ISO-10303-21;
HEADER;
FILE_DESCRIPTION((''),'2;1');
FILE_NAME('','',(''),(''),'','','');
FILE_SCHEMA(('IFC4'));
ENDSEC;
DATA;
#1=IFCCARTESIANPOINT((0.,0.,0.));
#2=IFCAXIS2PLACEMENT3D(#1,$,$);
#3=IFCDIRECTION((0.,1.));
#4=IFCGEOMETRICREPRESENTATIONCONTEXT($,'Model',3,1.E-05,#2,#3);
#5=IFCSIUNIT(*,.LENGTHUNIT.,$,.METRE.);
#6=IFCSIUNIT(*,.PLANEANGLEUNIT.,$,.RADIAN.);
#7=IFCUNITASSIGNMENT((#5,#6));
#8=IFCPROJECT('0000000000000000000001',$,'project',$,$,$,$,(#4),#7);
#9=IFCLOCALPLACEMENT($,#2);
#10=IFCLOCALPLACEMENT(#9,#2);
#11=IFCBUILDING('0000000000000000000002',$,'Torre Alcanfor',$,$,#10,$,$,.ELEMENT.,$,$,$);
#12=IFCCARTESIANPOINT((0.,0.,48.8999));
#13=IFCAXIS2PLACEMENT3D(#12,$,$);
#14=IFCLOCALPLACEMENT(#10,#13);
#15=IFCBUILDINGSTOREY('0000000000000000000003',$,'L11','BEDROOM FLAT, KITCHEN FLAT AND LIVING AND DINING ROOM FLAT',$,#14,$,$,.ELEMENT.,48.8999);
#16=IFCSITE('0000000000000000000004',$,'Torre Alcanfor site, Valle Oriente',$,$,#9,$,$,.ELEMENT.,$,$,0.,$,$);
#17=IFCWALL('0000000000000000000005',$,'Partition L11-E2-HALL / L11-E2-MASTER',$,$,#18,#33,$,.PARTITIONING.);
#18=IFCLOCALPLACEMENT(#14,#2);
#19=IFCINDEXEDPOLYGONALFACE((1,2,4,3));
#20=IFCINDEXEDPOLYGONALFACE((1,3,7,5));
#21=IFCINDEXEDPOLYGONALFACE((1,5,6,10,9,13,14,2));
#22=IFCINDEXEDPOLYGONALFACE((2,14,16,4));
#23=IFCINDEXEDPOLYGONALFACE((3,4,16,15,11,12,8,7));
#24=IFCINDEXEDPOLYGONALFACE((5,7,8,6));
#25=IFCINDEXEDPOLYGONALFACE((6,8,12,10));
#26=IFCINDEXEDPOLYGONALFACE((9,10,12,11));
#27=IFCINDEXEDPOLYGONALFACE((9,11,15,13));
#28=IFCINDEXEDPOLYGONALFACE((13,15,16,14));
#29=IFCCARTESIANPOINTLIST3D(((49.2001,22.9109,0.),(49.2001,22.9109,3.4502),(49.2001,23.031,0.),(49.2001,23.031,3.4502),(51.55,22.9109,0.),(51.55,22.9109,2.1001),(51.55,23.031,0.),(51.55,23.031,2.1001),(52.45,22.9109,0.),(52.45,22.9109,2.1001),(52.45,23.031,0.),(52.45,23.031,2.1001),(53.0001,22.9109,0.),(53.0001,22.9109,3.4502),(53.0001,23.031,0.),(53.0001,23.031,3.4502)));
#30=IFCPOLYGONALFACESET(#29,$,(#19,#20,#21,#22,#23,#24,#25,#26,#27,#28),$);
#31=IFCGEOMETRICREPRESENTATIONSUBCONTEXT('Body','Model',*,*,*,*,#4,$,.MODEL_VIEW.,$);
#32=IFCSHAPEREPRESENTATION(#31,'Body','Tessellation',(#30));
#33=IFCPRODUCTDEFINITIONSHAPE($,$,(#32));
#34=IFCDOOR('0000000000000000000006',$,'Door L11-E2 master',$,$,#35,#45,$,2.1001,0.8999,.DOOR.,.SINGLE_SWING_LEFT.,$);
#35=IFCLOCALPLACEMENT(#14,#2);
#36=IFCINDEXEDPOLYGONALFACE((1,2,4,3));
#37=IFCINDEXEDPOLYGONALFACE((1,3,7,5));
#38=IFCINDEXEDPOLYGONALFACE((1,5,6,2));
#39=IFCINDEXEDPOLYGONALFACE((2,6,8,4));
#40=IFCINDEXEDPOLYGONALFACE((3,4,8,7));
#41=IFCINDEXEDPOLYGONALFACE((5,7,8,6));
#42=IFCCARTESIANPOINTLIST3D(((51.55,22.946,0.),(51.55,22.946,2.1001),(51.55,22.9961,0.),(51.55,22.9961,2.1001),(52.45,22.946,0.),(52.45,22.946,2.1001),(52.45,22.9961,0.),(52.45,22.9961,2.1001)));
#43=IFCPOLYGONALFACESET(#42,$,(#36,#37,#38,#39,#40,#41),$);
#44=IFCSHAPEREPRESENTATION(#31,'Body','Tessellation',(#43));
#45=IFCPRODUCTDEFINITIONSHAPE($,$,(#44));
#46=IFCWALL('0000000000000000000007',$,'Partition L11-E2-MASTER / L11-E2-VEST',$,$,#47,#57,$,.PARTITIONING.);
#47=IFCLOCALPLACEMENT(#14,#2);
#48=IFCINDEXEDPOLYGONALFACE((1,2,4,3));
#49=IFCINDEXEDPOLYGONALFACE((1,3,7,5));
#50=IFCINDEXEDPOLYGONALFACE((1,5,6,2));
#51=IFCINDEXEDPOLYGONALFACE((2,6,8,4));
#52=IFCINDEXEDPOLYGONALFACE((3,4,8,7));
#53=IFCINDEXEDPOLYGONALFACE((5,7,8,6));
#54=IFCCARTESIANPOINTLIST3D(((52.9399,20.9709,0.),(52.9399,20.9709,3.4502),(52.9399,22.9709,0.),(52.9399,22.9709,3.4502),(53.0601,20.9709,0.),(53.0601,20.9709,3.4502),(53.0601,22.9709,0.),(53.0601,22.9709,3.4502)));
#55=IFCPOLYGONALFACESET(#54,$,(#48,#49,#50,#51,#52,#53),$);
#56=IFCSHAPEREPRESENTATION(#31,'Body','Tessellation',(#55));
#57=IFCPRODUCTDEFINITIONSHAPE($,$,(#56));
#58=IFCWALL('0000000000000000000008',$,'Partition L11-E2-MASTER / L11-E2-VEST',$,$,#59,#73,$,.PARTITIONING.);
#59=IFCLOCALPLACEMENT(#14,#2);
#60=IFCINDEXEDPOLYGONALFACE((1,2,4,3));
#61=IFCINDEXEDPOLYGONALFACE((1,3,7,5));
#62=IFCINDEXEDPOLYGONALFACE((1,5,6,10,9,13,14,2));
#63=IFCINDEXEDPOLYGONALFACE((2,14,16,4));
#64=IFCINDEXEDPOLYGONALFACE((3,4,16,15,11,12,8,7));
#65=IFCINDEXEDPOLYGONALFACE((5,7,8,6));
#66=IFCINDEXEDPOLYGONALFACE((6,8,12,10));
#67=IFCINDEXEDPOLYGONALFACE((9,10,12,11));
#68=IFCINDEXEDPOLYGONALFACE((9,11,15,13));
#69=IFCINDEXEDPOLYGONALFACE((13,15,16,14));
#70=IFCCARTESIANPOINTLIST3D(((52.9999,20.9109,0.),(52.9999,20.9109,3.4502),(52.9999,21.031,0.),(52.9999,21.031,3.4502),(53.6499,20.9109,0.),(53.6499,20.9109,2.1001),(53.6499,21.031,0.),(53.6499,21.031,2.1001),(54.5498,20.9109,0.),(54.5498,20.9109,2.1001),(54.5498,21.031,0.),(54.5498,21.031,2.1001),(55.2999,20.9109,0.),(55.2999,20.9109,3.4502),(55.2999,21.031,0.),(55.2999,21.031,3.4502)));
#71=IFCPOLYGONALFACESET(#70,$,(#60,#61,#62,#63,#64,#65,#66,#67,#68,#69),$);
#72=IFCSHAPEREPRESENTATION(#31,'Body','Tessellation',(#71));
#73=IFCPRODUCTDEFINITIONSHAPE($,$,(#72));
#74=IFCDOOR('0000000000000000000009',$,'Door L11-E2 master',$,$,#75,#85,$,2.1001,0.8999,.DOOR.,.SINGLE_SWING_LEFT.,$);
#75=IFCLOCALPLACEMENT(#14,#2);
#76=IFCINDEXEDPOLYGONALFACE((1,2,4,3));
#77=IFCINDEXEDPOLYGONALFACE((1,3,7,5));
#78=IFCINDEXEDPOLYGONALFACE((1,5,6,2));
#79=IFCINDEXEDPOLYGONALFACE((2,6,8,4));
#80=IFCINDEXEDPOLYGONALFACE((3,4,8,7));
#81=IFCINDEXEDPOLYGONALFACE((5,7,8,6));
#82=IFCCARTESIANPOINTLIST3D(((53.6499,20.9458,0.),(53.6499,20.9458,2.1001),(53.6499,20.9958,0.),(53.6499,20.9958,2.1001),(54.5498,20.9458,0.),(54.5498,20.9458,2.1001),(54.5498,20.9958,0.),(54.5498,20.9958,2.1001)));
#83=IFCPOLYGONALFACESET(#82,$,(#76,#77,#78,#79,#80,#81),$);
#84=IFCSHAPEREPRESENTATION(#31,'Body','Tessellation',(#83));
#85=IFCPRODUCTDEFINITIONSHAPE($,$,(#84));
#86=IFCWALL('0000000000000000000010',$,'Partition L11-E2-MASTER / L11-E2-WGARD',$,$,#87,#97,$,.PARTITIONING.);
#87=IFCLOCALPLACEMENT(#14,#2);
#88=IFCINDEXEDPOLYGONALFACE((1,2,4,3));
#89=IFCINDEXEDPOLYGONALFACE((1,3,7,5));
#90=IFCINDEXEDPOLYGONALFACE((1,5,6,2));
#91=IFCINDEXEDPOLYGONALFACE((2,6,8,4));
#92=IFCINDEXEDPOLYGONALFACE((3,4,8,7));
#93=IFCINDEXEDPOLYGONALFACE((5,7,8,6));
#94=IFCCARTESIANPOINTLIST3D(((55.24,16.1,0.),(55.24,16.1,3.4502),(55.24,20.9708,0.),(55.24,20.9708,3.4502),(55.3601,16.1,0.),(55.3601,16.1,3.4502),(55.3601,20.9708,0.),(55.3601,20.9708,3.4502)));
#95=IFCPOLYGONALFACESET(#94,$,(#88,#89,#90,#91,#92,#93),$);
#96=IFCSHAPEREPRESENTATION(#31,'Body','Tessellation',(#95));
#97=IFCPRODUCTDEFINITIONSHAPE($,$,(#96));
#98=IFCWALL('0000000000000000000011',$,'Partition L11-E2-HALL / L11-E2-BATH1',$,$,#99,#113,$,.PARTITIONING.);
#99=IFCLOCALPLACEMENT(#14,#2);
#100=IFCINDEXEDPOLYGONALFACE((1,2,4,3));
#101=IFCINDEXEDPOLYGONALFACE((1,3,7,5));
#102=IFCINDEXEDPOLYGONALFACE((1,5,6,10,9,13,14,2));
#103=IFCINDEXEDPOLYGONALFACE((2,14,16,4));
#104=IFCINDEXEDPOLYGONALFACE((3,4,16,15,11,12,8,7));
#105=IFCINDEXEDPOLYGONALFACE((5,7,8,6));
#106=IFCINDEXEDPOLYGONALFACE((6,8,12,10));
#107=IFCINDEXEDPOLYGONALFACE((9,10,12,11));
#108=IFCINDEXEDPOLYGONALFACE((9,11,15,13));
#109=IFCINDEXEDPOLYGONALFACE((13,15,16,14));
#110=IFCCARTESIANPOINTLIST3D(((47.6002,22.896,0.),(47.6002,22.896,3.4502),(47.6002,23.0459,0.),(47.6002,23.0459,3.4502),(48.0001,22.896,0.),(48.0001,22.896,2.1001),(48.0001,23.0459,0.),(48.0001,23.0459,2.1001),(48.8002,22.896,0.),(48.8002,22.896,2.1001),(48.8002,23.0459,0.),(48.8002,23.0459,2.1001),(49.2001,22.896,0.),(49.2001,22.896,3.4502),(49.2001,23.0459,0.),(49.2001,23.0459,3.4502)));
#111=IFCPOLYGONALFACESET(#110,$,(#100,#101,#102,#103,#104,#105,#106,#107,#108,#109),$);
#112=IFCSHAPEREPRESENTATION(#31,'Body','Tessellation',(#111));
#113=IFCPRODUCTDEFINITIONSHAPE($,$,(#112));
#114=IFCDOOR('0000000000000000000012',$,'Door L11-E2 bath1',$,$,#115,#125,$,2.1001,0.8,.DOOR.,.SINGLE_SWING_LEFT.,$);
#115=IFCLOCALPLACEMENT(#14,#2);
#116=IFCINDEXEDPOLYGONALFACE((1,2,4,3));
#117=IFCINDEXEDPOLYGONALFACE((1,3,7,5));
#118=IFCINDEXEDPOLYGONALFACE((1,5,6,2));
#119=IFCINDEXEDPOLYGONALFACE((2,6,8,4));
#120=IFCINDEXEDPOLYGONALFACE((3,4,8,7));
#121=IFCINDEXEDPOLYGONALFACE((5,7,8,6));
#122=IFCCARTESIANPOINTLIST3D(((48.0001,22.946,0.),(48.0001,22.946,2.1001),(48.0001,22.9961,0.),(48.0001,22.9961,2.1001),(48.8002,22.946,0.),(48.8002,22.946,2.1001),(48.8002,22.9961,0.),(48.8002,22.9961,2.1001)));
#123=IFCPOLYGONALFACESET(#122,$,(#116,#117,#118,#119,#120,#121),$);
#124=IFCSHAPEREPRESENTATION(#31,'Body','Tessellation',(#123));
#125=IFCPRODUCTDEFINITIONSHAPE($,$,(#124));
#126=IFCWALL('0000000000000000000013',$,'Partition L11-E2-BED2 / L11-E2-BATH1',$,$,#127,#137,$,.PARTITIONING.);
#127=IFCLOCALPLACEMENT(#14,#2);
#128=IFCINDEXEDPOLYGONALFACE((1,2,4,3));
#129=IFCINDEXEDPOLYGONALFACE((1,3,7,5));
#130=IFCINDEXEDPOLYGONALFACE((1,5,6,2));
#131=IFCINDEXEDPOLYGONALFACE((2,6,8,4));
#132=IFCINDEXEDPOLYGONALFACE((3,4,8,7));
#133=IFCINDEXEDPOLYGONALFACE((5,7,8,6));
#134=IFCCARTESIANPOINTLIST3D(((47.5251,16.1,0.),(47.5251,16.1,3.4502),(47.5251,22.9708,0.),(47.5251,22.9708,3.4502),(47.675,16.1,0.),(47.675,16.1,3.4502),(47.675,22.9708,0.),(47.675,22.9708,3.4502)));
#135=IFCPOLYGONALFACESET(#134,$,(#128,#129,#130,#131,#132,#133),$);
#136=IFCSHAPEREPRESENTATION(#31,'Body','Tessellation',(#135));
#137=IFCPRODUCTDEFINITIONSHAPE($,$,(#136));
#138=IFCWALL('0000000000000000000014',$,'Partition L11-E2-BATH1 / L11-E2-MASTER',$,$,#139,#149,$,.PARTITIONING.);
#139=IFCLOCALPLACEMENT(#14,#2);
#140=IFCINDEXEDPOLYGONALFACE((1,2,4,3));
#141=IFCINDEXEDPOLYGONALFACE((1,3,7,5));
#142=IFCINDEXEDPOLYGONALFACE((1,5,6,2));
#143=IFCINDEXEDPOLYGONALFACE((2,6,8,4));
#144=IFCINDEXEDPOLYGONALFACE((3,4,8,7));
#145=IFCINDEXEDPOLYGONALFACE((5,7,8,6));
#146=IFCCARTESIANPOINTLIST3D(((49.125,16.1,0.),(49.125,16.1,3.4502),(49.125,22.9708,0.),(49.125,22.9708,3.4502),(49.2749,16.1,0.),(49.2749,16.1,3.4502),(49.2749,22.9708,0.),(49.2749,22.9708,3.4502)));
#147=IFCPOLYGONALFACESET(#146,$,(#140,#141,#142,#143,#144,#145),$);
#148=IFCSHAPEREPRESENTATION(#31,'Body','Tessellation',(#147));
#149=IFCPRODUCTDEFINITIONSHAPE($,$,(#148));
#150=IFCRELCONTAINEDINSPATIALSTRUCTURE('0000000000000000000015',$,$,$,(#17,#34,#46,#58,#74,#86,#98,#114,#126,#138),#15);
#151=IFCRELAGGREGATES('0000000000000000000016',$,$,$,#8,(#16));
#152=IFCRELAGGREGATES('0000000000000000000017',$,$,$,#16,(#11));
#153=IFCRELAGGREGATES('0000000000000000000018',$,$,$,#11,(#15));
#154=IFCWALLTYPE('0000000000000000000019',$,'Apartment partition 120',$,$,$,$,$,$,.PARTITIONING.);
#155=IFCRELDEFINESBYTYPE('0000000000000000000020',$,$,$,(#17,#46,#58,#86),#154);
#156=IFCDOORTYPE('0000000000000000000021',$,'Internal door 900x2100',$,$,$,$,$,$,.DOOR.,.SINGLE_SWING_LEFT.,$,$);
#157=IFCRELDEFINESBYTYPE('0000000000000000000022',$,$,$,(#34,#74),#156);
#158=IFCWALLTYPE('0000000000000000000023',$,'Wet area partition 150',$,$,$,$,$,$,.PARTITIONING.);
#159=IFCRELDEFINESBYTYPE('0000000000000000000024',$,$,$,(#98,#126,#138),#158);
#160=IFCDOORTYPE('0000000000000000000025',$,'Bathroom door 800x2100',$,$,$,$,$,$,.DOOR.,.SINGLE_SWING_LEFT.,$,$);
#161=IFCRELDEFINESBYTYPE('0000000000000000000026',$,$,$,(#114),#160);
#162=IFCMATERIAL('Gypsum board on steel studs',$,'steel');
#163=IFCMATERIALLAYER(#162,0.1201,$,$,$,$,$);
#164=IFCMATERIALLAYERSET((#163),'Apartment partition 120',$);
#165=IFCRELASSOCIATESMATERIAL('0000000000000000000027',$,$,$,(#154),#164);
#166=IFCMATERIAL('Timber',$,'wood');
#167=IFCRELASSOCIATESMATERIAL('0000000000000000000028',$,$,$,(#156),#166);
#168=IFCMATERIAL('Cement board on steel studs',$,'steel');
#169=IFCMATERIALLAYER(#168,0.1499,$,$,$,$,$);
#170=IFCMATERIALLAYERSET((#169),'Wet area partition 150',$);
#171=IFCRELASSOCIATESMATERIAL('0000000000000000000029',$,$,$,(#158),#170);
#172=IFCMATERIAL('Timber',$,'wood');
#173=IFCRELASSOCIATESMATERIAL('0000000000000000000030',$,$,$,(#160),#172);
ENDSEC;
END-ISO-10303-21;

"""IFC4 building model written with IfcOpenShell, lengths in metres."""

from ifc_helpers import new_model, si_unit, direction, frame, frame_2d, origin, place, context, subcontext, project, spatial, rectangle, extrude, material, layer, layer_set, type_object, element, fill, save


model = new_model("IFC4")

# Units and contexts
model_context = context("Model", 3, precision=1e-05, world=origin(), true_north=direction((0.0, 1.0)))
body_context = subcontext(model_context, "Body", "Model", "MODEL_VIEW")
ifc_project = project(units=[si_unit("LENGTHUNIT", "METRE"), si_unit("PLANEANGLEUNIT", "RADIAN")], contexts=[model_context])

# Site, building, storey
site_placement = place(None, origin())
site = spatial("IfcSite", under=ifc_project, at=site_placement, Name="Torre Alcanfor site, Valle Oriente", CompositionType="ELEMENT", RefElevation=0.0)
building_placement = place(site_placement, origin())
building = spatial("IfcBuilding", under=site, at=building_placement, Name="Torre Alcanfor", CompositionType="ELEMENT")
storey_placement = place(building_placement, frame((0.0, 0.0, 48.8999)))
storey = spatial("IfcBuildingStorey", under=building, at=storey_placement, Name="L11", Description="BEDROOM FLAT, KITCHEN FLAT AND LIVING AND DINING ROOM FLAT", CompositionType="ELEMENT", Elevation=48.8999)

# Wall, opening, door
ifc_material_1 = material(Name="Gypsum board on steel studs", Category="steel")
ifc_layer_1 = layer(ifc_material_1, 0.1201)
ifc_layer_set_1 = layer_set([ifc_layer_1], Name="Apartment partition 120")
wall_type_1 = type_object("IfcWallType", Name="Apartment partition 120", PredefinedType="PARTITIONING", material=ifc_layer_set_1)
ifc_material_2 = material(Name="Timber", Category="wood")
door_type_1 = type_object("IfcDoorType", Name="Internal door 900x2100", OperationType="SINGLE_SWING_LEFT", PredefinedType="DOOR", material=ifc_material_2)
wall_1_placement = place(storey_placement, frame((53.0, 22.9709, 0.0), z_axis=(0.0, 0.0, 1.0), x_axis=(-1.0, 0.0, 0.0)))
wall_1 = element("IfcWall", 1, at=wall_1_placement, inside=storey, type_object=wall_type_1, Name="Partition L11-E2-HALL / L11-E2-MASTER", PredefinedType="PARTITIONING", context=body_context, shape_type="SweptSolid", body=[
    extrude(rectangle(XDim=3.8, YDim=0.1201, at=frame_2d((1.8999, 0.0))), origin(), (0.0, 0.0, 1.0), 3.4502),
])
opening_1_placement = place(wall_1_placement, frame((0.55, 0.0, 0.0)))
opening_1 = element("IfcOpeningElement", 2, at=opening_1_placement, cuts=wall_1, PredefinedType="OPENING", context=body_context, shape_type="SweptSolid", body=[
    extrude(rectangle(XDim=0.8999, YDim=2.1001, at=frame_2d((0.45, 1.05))), frame((0.0, 0.0701, 0.0), z_axis=(0.0, -1.0, 0.0), x_axis=(1.0, 0.0, 0.0)), (0.0, 0.0, 1.0), 0.1401),
])
door_1_placement = place(opening_1_placement, origin())
door_1 = element("IfcDoor", 3, at=door_1_placement, inside=storey, type_object=door_type_1, Name="Door L11-E2 master", OperationType="SINGLE_SWING_LEFT", OverallHeight=2.1001, OverallWidth=0.8999, PredefinedType="DOOR", context=body_context, shape_type="SweptSolid", body=[
    extrude(rectangle(XDim=0.8999, YDim=2.1001, at=frame_2d((0.45, 1.05))), frame((0.0, 0.0249, 0.0), z_axis=(0.0, -1.0, 0.0), x_axis=(1.0, 0.0, 0.0)), (0.0, 0.0, 1.0), 0.05),
])
fill(opening_1, door_1)

# Wall
wall_2_placement = place(storey_placement, frame((53.0, 22.9709, 0.0), z_axis=(0.0, 0.0, 1.0), x_axis=(0.0, -1.0, 0.0)))
element("IfcWall", 4, at=wall_2_placement, inside=storey, type_object=wall_type_1, Name="Partition L11-E2-MASTER / L11-E2-VEST", PredefinedType="PARTITIONING", context=body_context, shape_type="SweptSolid", body=[
    extrude(rectangle(XDim=2.0, YDim=0.1201, at=frame_2d((1.0, 0.0))), origin(), (0.0, 0.0, 1.0), 3.4502),
])

# Wall, opening, door
wall_3_placement = place(storey_placement, frame((53.0, 20.9709, 0.0), z_axis=(0.0, 0.0, 1.0), x_axis=(1.0, 0.0, 0.0)))
wall_3 = element("IfcWall", 5, at=wall_3_placement, inside=storey, type_object=wall_type_1, Name="Partition L11-E2-MASTER / L11-E2-VEST", PredefinedType="PARTITIONING", context=body_context, shape_type="SweptSolid", body=[
    extrude(rectangle(XDim=2.3, YDim=0.1201, at=frame_2d((1.1499, 0.0))), origin(), (0.0, 0.0, 1.0), 3.4502),
])
opening_2_placement = place(wall_3_placement, frame((0.6499, 0.0, 0.0)))
opening_2 = element("IfcOpeningElement", 6, at=opening_2_placement, cuts=wall_3, PredefinedType="OPENING", context=body_context, shape_type="SweptSolid", body=[
    extrude(rectangle(XDim=0.8999, YDim=2.1001, at=frame_2d((0.45, 1.05))), frame((0.0, 0.0701, 0.0), z_axis=(0.0, -1.0, 0.0), x_axis=(1.0, 0.0, 0.0)), (0.0, 0.0, 1.0), 0.1401),
])
door_2_placement = place(opening_2_placement, origin())
door_2 = element("IfcDoor", 7, at=door_2_placement, inside=storey, type_object=door_type_1, Name="Door L11-E2 master", OperationType="SINGLE_SWING_LEFT", OverallHeight=2.1001, OverallWidth=0.8999, PredefinedType="DOOR", context=body_context, shape_type="SweptSolid", body=[
    extrude(rectangle(XDim=0.8999, YDim=2.1001, at=frame_2d((0.45, 1.05))), frame((0.0, 0.0249, 0.0), z_axis=(0.0, -1.0, 0.0), x_axis=(1.0, 0.0, 0.0)), (0.0, 0.0, 1.0), 0.05),
])
fill(opening_2, door_2)

# Wall
wall_4_placement = place(storey_placement, frame((55.3, 20.9709, 0.0), z_axis=(0.0, 0.0, 1.0), x_axis=(0.0, -1.0, 0.0)))
element("IfcWall", 8, at=wall_4_placement, inside=storey, type_object=wall_type_1, Name="Partition L11-E2-MASTER / L11-E2-WGARD", PredefinedType="PARTITIONING", context=body_context, shape_type="SweptSolid", body=[
    extrude(rectangle(XDim=4.8708, YDim=0.1201, at=frame_2d((2.4355, 0.0))), origin(), (0.0, 0.0, 1.0), 3.4502),
])

# Wall, opening, door
ifc_material_3 = material(Name="Cement board on steel studs", Category="steel")
ifc_layer_2 = layer(ifc_material_3, 0.1499)
ifc_layer_set_2 = layer_set([ifc_layer_2], Name="Wet area partition 150")
wall_type_2 = type_object("IfcWallType", Name="Wet area partition 150", PredefinedType="PARTITIONING", material=ifc_layer_set_2)
wall_5_placement = place(storey_placement, frame((49.2, 22.9709, 0.0), z_axis=(0.0, 0.0, 1.0), x_axis=(-1.0, 0.0, 0.0)))
wall_5 = element("IfcWall", 9, at=wall_5_placement, inside=storey, type_object=wall_type_2, Name="Partition L11-E2-HALL / L11-E2-BATH1", PredefinedType="PARTITIONING", context=body_context, shape_type="SweptSolid", body=[
    extrude(rectangle(XDim=1.5999, YDim=0.1499, at=frame_2d((0.7998, 0.0))), origin(), (0.0, 0.0, 1.0), 3.4502),
])
opening_3_placement = place(wall_5_placement, frame((0.3999, 0.0, 0.0)))
opening_3 = element("IfcOpeningElement", 10, at=opening_3_placement, cuts=wall_5, PredefinedType="OPENING", context=body_context, shape_type="SweptSolid", body=[
    extrude(rectangle(XDim=0.8, YDim=2.1001, at=frame_2d((0.3999, 1.05))), frame((0.0, 0.085, 0.0), z_axis=(0.0, -1.0, 0.0), x_axis=(1.0, 0.0, 0.0)), (0.0, 0.0, 1.0), 0.1699),
])
ifc_material_4 = material(Name="Timber", Category="wood")
door_type_2 = type_object("IfcDoorType", Name="Bathroom door 800x2100", OperationType="SINGLE_SWING_LEFT", PredefinedType="DOOR", material=ifc_material_4)
door_3_placement = place(opening_3_placement, origin())
door_3 = element("IfcDoor", 11, at=door_3_placement, inside=storey, type_object=door_type_2, Name="Door L11-E2 bath1", OperationType="SINGLE_SWING_LEFT", OverallHeight=2.1001, OverallWidth=0.8, PredefinedType="DOOR", context=body_context, shape_type="SweptSolid", body=[
    extrude(rectangle(XDim=0.8, YDim=2.1001, at=frame_2d((0.3999, 1.05))), frame((0.0, 0.0249, 0.0), z_axis=(0.0, -1.0, 0.0), x_axis=(1.0, 0.0, 0.0)), (0.0, 0.0, 1.0), 0.05),
])
fill(opening_3, door_3)

# Walls
for number, where, z_axis, x_axis, name in (
    (12, (47.6001, 22.9709, 0.0), (0.0, 0.0, 1.0), (0.0, -1.0, 0.0), "Partition L11-E2-BED2 / L11-E2-BATH1"),
    (13, (49.2, 22.9709, 0.0), (0.0, 0.0, 1.0), (0.0, -1.0, 0.0), "Partition L11-E2-BATH1 / L11-E2-MASTER"),
):
    element("IfcWall", number, at=place(storey_placement, frame(where, z_axis=z_axis, x_axis=x_axis)), inside=storey, type_object=wall_type_2, Name=name, PredefinedType="PARTITIONING", context=body_context, shape_type="SweptSolid", body=[
        extrude(rectangle(XDim=6.8708, YDim=0.1499, at=frame_2d((3.4355, 0.0))), origin(), (0.0, 0.0, 1.0), 3.4502),
    ])

save(model, "model.ifc")
